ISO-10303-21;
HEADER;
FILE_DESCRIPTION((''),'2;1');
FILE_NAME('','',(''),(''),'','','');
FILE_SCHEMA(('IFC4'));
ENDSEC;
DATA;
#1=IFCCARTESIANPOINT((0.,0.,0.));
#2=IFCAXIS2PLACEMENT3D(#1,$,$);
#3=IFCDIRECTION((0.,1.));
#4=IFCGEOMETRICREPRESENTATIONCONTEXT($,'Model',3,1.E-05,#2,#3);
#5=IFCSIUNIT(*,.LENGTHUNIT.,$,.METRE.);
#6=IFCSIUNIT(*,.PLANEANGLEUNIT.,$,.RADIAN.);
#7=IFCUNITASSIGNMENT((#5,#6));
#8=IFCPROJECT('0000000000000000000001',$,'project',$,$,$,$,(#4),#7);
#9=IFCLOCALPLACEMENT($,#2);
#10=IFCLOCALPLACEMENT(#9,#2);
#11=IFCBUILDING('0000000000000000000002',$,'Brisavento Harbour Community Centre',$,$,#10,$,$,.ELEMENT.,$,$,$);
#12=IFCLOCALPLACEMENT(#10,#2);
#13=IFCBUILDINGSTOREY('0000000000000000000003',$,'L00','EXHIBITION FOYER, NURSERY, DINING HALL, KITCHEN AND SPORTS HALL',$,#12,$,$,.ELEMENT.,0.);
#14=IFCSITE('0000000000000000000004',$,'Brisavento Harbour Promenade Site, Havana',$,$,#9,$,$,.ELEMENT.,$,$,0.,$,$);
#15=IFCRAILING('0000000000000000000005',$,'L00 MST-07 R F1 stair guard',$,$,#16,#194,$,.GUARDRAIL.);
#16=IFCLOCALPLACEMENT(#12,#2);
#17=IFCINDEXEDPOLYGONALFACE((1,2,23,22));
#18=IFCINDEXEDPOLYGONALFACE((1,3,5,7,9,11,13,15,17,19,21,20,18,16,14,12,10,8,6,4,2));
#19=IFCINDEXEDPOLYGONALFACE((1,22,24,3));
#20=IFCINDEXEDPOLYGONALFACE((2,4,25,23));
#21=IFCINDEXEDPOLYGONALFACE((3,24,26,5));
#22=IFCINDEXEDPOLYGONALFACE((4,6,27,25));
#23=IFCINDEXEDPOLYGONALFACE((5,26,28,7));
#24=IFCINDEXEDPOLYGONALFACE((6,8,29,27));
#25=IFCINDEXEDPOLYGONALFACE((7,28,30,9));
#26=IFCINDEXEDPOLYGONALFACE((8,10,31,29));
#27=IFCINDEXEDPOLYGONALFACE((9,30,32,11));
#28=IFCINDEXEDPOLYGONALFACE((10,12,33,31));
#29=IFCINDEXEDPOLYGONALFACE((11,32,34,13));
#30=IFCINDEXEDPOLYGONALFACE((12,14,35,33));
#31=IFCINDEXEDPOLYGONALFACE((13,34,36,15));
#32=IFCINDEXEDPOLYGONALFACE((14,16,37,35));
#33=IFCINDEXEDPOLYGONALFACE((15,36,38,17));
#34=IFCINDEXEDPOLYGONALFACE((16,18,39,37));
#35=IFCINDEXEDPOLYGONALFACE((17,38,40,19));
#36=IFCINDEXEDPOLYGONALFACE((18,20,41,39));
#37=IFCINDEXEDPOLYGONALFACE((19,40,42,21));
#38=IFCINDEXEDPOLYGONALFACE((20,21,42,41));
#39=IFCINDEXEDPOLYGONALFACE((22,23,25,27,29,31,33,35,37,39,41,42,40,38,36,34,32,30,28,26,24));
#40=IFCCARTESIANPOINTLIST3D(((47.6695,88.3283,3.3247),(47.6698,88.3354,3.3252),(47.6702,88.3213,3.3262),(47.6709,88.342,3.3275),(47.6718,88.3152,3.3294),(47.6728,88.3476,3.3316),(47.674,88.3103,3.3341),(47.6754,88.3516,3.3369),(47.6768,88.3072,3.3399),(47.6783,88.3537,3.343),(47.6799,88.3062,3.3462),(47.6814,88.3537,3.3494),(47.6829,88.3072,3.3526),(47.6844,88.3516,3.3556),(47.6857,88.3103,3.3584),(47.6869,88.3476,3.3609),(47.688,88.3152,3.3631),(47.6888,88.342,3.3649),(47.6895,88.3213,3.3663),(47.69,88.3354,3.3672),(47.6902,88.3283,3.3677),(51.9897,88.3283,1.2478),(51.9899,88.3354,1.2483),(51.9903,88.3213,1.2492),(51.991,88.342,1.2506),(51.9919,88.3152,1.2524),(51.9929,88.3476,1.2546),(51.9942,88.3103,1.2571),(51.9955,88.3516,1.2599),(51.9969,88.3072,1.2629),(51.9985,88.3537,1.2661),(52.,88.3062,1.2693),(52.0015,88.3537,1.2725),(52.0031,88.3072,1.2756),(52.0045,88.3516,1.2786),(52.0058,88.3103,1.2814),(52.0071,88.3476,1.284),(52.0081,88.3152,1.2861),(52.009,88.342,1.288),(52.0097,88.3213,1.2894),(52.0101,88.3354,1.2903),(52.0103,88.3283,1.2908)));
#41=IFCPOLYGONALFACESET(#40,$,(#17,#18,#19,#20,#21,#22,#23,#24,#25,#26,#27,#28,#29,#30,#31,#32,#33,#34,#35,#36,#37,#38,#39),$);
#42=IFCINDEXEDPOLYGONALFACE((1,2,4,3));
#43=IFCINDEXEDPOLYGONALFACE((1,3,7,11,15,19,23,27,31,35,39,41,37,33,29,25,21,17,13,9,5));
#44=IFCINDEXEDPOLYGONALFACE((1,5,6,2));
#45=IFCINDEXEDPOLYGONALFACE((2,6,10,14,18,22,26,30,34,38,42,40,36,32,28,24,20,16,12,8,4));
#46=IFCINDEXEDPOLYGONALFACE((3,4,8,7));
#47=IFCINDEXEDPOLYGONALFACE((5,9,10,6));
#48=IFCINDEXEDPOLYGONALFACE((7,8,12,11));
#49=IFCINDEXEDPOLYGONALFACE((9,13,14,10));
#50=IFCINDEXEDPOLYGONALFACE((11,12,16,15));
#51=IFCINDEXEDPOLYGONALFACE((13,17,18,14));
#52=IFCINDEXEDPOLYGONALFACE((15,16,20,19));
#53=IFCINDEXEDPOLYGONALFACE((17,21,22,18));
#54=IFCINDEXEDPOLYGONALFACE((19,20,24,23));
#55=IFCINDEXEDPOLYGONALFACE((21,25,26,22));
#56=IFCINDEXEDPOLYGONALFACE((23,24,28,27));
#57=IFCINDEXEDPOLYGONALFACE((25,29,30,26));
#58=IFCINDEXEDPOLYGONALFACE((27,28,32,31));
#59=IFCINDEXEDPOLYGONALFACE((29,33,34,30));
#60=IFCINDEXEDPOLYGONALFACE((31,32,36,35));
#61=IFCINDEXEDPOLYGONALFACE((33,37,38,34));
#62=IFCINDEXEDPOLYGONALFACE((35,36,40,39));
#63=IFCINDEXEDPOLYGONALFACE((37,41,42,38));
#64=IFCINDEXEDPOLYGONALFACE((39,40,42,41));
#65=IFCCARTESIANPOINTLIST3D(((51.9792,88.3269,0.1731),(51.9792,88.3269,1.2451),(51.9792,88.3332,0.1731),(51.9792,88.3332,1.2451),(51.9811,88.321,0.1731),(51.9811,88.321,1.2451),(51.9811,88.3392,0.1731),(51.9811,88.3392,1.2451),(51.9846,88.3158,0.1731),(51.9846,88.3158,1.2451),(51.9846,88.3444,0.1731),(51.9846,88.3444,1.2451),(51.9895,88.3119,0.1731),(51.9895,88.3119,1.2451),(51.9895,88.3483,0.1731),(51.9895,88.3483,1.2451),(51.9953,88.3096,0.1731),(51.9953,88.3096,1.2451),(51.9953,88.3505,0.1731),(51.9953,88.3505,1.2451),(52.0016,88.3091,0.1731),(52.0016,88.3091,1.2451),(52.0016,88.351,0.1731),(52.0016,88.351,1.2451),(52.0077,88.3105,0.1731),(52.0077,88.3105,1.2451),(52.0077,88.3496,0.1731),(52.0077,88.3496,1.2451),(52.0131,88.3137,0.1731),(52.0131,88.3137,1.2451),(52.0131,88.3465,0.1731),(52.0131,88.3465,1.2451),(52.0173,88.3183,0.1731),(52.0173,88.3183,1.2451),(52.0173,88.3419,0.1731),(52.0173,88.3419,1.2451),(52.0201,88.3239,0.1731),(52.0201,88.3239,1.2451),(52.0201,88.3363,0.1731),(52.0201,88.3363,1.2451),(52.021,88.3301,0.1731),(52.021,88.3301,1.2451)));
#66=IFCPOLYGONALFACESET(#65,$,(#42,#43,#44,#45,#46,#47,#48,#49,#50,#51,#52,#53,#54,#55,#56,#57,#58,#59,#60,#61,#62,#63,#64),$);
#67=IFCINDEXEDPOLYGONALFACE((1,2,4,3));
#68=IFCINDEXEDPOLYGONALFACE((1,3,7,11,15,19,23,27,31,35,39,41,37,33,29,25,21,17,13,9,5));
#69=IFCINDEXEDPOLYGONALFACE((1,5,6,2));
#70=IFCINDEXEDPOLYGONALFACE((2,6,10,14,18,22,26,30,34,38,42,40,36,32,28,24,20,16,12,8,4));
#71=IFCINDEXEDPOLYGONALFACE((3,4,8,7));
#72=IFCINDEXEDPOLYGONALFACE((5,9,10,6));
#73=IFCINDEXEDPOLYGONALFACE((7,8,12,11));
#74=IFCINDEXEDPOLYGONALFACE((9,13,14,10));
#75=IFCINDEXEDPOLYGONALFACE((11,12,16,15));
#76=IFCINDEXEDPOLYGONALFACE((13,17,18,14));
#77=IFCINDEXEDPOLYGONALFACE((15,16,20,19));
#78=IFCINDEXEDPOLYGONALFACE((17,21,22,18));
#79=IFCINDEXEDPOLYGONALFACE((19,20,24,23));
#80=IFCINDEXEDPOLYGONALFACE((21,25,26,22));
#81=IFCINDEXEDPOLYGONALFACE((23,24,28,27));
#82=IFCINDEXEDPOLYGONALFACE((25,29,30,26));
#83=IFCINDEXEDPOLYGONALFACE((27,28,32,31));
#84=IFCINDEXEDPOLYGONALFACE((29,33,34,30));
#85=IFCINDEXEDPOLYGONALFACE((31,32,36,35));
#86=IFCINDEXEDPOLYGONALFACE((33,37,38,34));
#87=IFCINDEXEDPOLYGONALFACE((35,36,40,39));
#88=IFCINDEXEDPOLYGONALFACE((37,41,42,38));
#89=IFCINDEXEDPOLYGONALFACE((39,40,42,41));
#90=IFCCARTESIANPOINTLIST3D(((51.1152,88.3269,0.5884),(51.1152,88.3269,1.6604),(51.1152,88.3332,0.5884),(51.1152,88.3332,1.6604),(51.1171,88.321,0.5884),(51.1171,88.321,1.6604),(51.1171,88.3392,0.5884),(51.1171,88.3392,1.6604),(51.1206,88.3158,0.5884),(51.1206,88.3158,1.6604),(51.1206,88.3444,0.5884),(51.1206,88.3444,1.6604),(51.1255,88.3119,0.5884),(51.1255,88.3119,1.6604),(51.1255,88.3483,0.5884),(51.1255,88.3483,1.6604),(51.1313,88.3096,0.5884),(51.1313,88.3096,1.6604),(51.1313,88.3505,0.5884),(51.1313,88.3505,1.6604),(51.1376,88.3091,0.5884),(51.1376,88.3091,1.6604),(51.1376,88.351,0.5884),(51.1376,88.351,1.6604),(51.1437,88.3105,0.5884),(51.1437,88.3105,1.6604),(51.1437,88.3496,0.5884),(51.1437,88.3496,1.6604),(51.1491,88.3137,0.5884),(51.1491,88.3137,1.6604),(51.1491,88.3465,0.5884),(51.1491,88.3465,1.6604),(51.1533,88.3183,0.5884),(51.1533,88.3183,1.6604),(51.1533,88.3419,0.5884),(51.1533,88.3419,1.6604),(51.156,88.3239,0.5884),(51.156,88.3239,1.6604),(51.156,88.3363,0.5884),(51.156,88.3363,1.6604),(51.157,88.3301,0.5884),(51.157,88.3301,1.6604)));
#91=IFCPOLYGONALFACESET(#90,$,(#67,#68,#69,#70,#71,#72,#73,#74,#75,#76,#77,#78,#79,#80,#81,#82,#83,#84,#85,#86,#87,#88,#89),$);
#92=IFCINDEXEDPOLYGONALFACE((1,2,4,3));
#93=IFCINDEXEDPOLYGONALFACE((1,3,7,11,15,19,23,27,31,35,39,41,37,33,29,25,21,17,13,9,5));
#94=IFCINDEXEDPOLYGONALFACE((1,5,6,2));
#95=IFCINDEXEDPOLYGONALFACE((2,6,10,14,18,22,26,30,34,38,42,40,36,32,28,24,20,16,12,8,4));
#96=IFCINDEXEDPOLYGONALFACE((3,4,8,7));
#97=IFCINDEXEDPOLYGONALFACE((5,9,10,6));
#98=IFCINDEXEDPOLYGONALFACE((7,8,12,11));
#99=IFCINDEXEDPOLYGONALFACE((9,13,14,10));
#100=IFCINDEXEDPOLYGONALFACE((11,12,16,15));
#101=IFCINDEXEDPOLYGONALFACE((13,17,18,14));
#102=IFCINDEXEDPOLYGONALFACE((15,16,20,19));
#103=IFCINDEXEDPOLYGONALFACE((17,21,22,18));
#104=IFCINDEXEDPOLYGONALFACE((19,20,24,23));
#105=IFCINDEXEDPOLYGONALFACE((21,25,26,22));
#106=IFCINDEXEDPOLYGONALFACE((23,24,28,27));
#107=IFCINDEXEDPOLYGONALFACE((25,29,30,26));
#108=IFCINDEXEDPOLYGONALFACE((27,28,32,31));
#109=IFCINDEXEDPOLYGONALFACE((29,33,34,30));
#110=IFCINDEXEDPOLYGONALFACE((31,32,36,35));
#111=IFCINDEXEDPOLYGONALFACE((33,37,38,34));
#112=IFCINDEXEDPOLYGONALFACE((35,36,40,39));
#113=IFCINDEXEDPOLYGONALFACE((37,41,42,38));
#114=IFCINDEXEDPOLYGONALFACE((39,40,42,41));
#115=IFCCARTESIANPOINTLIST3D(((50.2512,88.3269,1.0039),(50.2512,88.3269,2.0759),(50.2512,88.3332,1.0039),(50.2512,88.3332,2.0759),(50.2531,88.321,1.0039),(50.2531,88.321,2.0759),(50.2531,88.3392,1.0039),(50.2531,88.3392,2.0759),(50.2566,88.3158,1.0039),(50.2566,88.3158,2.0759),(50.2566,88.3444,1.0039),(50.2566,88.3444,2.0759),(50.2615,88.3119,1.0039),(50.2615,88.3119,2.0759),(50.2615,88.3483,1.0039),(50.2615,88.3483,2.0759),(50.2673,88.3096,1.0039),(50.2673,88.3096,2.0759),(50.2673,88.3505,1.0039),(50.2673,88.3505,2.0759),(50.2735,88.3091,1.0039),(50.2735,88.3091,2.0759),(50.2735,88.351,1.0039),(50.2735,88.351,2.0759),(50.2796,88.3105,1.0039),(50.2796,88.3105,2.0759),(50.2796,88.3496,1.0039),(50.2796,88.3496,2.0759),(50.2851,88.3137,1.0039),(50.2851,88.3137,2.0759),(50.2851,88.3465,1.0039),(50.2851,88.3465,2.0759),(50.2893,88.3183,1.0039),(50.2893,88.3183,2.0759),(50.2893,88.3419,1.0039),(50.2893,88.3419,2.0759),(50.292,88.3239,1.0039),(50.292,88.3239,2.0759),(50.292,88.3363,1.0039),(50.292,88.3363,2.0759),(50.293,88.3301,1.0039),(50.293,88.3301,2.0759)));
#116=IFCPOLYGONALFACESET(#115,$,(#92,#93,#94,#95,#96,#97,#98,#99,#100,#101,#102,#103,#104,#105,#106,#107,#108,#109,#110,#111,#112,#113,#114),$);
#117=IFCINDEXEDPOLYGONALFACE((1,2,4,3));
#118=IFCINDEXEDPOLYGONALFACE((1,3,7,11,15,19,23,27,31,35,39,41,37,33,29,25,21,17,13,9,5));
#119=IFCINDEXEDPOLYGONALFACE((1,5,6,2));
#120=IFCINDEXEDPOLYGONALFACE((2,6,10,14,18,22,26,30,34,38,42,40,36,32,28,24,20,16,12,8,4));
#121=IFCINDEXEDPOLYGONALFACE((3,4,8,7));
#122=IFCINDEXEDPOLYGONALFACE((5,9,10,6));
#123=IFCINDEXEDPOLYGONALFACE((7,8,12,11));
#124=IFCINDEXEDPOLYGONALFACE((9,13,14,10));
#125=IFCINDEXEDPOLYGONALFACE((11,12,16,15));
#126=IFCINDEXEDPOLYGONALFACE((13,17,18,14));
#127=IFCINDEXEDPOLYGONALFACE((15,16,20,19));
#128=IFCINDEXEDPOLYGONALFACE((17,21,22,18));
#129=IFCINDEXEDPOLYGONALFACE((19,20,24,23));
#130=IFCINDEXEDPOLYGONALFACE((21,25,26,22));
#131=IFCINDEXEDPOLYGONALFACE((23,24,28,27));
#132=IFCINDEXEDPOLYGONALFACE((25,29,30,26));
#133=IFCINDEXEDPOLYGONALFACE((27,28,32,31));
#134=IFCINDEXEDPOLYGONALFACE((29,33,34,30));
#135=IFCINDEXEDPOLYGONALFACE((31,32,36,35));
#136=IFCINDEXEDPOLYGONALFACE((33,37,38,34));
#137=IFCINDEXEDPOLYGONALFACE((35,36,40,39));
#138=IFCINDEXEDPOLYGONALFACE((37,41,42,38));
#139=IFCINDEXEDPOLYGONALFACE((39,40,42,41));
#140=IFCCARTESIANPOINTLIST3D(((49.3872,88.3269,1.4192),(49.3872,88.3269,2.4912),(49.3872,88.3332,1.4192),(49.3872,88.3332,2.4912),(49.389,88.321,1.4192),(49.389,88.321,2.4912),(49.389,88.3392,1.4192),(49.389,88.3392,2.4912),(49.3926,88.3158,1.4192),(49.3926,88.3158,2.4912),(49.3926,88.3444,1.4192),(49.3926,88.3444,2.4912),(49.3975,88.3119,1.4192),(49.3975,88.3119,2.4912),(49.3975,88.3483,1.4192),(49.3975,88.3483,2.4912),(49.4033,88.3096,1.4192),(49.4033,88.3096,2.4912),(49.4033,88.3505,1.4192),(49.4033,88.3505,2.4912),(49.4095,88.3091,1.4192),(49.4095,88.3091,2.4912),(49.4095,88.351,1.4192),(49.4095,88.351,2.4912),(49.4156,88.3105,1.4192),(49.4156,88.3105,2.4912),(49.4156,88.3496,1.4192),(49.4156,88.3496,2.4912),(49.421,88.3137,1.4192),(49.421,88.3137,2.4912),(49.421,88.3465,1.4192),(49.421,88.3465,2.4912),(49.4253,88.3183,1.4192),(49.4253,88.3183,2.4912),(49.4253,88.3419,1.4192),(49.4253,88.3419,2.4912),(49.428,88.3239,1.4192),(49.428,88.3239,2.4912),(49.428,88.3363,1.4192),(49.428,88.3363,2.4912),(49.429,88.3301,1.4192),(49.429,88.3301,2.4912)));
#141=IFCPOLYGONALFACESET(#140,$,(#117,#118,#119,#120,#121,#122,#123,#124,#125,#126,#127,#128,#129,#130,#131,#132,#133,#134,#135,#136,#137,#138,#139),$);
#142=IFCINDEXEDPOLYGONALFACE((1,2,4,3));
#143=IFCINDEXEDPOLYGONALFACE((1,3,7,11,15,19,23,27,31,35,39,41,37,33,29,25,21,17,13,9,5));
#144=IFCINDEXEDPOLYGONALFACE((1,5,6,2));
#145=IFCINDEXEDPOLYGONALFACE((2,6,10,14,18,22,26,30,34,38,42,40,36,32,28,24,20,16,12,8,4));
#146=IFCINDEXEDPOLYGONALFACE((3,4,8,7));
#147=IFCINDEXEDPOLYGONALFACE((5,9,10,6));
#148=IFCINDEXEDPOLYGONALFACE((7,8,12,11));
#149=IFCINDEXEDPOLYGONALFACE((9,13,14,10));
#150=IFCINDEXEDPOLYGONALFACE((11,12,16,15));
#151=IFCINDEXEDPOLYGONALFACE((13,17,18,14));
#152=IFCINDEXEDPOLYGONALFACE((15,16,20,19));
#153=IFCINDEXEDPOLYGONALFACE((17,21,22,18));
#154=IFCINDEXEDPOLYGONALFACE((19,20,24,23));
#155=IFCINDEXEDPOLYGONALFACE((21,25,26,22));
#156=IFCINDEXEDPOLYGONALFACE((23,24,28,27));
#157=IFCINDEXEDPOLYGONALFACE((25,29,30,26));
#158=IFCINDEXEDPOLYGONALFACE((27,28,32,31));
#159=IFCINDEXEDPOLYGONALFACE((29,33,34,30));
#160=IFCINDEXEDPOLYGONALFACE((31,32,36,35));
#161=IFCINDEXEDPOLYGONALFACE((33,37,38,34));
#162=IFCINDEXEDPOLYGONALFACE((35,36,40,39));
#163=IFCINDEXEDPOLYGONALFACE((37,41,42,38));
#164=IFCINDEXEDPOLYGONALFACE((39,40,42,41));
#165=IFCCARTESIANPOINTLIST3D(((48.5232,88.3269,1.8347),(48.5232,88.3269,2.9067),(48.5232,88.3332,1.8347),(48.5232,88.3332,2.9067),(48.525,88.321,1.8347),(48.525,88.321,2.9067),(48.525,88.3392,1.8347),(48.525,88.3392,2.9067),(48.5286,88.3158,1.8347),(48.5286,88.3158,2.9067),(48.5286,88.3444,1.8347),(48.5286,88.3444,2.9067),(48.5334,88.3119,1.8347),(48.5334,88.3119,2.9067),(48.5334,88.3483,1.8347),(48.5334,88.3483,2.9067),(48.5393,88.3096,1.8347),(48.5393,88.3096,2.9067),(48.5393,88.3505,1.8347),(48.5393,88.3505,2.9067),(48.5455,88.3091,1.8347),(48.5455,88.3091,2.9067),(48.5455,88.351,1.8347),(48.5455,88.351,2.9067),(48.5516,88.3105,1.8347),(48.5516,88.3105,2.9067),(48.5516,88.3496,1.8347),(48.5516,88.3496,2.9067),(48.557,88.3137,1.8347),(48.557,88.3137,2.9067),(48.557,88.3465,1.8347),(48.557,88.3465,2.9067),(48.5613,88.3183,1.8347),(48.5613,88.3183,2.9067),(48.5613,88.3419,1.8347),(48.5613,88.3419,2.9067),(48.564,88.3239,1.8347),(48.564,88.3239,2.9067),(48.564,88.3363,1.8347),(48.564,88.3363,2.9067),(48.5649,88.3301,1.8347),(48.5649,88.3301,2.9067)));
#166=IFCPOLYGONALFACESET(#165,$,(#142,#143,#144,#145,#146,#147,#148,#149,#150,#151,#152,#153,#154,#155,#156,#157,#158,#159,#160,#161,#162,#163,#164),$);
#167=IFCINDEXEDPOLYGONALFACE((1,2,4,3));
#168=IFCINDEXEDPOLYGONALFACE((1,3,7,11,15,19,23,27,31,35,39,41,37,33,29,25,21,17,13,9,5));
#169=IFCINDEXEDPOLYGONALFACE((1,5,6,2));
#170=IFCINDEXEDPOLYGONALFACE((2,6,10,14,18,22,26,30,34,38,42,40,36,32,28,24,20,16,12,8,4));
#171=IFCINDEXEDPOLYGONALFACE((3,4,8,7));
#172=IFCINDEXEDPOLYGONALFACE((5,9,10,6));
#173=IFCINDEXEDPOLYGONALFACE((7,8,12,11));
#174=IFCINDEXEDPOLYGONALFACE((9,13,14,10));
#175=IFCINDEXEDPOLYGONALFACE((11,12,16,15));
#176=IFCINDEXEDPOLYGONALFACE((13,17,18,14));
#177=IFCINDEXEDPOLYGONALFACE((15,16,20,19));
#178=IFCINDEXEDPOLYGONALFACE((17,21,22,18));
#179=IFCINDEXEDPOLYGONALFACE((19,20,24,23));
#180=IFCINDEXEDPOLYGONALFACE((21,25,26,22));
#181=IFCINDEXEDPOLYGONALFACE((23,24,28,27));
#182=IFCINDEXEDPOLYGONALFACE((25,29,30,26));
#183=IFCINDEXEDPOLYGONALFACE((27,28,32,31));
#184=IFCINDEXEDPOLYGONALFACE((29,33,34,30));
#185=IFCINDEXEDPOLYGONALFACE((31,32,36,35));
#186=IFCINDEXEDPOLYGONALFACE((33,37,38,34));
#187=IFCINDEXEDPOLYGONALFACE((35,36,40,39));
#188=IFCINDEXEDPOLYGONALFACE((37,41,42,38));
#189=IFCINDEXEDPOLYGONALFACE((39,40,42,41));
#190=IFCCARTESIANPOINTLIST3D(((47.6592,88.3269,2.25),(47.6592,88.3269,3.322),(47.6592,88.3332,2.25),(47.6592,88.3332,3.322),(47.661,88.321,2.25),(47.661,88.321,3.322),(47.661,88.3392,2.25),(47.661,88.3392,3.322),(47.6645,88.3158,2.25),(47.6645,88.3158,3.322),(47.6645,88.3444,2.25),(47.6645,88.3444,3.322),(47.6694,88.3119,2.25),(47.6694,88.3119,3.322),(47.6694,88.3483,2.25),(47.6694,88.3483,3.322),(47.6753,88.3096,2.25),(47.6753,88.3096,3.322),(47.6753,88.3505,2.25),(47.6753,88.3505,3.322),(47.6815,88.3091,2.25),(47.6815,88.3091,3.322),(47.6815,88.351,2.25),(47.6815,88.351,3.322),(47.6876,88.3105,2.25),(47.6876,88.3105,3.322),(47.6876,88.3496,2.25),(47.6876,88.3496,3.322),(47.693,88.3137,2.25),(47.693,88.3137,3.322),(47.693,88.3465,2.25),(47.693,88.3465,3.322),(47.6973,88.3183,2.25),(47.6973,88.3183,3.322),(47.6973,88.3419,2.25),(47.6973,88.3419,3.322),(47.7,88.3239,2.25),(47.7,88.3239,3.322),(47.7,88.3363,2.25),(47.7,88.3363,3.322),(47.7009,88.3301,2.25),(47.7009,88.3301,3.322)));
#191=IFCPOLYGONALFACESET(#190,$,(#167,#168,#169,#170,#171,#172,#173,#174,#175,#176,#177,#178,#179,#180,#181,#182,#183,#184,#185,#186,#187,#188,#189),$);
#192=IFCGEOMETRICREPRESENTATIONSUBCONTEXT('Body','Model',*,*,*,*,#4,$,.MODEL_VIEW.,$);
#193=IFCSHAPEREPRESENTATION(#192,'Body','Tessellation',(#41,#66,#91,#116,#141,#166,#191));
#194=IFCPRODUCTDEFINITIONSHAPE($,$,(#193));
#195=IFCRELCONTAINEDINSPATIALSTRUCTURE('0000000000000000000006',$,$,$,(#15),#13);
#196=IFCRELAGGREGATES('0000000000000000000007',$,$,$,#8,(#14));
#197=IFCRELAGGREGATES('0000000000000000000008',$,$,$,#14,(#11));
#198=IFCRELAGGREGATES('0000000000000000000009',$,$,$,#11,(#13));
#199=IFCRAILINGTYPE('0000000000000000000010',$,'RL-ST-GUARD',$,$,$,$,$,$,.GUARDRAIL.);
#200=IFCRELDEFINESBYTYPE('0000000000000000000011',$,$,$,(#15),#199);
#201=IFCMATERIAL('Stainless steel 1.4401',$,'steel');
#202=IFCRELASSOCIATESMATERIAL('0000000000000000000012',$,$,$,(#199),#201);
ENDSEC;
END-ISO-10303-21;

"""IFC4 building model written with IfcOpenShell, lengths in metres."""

from ifc_helpers import new_model, si_unit, direction, frame, origin, origin_2d, place, context, subcontext, project, spatial, circle, extrude, material, type_object, element, save


model = new_model("IFC4")

# Units and contexts
model_context = context("Model", 3, precision=1e-05, world=origin(), true_north=direction((0.0, 1.0)))
body_context = subcontext(model_context, "Body", "Model", "MODEL_VIEW")
ifc_project = project(units=[si_unit("LENGTHUNIT", "METRE"), si_unit("PLANEANGLEUNIT", "RADIAN")], contexts=[model_context])

# Site, building, storey
site_placement = place(None, origin())
site = spatial("IfcSite", under=ifc_project, at=site_placement, Name="Brisavento Harbour Promenade Site, Havana", CompositionType="ELEMENT", RefElevation=0.0)
building_placement = place(site_placement, origin())
building = spatial("IfcBuilding", under=site, at=building_placement, Name="Brisavento Harbour Community Centre", CompositionType="ELEMENT")
storey_placement = place(building_placement, origin())
storey = spatial("IfcBuildingStorey", under=building, at=storey_placement, Name="L00", Description="EXHIBITION FOYER, NURSERY, DINING HALL, KITCHEN AND SPORTS HALL", CompositionType="ELEMENT", Elevation=0.0)

# Railing
ifc_material_1 = material(Name="Stainless steel 1.4401", Category="steel")
railing_type = type_object("IfcRailingType", Name="RL-ST-GUARD", PredefinedType="GUARDRAIL", material=ifc_material_1)
railing_1_placement = place(storey_placement, frame((52.0, 88.3301, 0.1731)))
element("IfcRailing", 1, at=railing_1_placement, inside=storey, type_object=railing_type, Name="L00 MST-07 R F1 stair guard", PredefinedType="GUARDRAIL", context=body_context, shape_type="SweptSolid", body=[
    extrude(circle(Radius=0.0239, at=origin_2d()), frame((0.0, 0.0, 1.0962), z_axis=(-0.901257, 0.0, 0.433286), x_axis=(0.0, -1.0, 0.0)), (0.0, 0.0, 1.0), 4.7935),
    extrude(circle(Radius=0.021, at=origin_2d()), origin(), (0.0, 0.0, 1.0), 1.072),
    extrude(circle(Radius=0.021, at=origin_2d()), frame((-0.864, 0.0, 0.4153)), (0.0, 0.0, 1.0), 1.072),
    extrude(circle(Radius=0.021, at=origin_2d()), frame((-1.728, 0.0, 0.8308)), (0.0, 0.0, 1.0), 1.072),
    extrude(circle(Radius=0.021, at=origin_2d()), frame((-2.592, 0.0, 1.2461)), (0.0, 0.0, 1.0), 1.072),
    extrude(circle(Radius=0.021, at=origin_2d()), frame((-3.4561, 0.0, 1.6616)), (0.0, 0.0, 1.0), 1.072),
    extrude(circle(Radius=0.021, at=origin_2d()), frame((-4.3201, 0.0, 2.0769)), (0.0, 0.0, 1.0), 1.072),
])

save(model, "model.ifc")
